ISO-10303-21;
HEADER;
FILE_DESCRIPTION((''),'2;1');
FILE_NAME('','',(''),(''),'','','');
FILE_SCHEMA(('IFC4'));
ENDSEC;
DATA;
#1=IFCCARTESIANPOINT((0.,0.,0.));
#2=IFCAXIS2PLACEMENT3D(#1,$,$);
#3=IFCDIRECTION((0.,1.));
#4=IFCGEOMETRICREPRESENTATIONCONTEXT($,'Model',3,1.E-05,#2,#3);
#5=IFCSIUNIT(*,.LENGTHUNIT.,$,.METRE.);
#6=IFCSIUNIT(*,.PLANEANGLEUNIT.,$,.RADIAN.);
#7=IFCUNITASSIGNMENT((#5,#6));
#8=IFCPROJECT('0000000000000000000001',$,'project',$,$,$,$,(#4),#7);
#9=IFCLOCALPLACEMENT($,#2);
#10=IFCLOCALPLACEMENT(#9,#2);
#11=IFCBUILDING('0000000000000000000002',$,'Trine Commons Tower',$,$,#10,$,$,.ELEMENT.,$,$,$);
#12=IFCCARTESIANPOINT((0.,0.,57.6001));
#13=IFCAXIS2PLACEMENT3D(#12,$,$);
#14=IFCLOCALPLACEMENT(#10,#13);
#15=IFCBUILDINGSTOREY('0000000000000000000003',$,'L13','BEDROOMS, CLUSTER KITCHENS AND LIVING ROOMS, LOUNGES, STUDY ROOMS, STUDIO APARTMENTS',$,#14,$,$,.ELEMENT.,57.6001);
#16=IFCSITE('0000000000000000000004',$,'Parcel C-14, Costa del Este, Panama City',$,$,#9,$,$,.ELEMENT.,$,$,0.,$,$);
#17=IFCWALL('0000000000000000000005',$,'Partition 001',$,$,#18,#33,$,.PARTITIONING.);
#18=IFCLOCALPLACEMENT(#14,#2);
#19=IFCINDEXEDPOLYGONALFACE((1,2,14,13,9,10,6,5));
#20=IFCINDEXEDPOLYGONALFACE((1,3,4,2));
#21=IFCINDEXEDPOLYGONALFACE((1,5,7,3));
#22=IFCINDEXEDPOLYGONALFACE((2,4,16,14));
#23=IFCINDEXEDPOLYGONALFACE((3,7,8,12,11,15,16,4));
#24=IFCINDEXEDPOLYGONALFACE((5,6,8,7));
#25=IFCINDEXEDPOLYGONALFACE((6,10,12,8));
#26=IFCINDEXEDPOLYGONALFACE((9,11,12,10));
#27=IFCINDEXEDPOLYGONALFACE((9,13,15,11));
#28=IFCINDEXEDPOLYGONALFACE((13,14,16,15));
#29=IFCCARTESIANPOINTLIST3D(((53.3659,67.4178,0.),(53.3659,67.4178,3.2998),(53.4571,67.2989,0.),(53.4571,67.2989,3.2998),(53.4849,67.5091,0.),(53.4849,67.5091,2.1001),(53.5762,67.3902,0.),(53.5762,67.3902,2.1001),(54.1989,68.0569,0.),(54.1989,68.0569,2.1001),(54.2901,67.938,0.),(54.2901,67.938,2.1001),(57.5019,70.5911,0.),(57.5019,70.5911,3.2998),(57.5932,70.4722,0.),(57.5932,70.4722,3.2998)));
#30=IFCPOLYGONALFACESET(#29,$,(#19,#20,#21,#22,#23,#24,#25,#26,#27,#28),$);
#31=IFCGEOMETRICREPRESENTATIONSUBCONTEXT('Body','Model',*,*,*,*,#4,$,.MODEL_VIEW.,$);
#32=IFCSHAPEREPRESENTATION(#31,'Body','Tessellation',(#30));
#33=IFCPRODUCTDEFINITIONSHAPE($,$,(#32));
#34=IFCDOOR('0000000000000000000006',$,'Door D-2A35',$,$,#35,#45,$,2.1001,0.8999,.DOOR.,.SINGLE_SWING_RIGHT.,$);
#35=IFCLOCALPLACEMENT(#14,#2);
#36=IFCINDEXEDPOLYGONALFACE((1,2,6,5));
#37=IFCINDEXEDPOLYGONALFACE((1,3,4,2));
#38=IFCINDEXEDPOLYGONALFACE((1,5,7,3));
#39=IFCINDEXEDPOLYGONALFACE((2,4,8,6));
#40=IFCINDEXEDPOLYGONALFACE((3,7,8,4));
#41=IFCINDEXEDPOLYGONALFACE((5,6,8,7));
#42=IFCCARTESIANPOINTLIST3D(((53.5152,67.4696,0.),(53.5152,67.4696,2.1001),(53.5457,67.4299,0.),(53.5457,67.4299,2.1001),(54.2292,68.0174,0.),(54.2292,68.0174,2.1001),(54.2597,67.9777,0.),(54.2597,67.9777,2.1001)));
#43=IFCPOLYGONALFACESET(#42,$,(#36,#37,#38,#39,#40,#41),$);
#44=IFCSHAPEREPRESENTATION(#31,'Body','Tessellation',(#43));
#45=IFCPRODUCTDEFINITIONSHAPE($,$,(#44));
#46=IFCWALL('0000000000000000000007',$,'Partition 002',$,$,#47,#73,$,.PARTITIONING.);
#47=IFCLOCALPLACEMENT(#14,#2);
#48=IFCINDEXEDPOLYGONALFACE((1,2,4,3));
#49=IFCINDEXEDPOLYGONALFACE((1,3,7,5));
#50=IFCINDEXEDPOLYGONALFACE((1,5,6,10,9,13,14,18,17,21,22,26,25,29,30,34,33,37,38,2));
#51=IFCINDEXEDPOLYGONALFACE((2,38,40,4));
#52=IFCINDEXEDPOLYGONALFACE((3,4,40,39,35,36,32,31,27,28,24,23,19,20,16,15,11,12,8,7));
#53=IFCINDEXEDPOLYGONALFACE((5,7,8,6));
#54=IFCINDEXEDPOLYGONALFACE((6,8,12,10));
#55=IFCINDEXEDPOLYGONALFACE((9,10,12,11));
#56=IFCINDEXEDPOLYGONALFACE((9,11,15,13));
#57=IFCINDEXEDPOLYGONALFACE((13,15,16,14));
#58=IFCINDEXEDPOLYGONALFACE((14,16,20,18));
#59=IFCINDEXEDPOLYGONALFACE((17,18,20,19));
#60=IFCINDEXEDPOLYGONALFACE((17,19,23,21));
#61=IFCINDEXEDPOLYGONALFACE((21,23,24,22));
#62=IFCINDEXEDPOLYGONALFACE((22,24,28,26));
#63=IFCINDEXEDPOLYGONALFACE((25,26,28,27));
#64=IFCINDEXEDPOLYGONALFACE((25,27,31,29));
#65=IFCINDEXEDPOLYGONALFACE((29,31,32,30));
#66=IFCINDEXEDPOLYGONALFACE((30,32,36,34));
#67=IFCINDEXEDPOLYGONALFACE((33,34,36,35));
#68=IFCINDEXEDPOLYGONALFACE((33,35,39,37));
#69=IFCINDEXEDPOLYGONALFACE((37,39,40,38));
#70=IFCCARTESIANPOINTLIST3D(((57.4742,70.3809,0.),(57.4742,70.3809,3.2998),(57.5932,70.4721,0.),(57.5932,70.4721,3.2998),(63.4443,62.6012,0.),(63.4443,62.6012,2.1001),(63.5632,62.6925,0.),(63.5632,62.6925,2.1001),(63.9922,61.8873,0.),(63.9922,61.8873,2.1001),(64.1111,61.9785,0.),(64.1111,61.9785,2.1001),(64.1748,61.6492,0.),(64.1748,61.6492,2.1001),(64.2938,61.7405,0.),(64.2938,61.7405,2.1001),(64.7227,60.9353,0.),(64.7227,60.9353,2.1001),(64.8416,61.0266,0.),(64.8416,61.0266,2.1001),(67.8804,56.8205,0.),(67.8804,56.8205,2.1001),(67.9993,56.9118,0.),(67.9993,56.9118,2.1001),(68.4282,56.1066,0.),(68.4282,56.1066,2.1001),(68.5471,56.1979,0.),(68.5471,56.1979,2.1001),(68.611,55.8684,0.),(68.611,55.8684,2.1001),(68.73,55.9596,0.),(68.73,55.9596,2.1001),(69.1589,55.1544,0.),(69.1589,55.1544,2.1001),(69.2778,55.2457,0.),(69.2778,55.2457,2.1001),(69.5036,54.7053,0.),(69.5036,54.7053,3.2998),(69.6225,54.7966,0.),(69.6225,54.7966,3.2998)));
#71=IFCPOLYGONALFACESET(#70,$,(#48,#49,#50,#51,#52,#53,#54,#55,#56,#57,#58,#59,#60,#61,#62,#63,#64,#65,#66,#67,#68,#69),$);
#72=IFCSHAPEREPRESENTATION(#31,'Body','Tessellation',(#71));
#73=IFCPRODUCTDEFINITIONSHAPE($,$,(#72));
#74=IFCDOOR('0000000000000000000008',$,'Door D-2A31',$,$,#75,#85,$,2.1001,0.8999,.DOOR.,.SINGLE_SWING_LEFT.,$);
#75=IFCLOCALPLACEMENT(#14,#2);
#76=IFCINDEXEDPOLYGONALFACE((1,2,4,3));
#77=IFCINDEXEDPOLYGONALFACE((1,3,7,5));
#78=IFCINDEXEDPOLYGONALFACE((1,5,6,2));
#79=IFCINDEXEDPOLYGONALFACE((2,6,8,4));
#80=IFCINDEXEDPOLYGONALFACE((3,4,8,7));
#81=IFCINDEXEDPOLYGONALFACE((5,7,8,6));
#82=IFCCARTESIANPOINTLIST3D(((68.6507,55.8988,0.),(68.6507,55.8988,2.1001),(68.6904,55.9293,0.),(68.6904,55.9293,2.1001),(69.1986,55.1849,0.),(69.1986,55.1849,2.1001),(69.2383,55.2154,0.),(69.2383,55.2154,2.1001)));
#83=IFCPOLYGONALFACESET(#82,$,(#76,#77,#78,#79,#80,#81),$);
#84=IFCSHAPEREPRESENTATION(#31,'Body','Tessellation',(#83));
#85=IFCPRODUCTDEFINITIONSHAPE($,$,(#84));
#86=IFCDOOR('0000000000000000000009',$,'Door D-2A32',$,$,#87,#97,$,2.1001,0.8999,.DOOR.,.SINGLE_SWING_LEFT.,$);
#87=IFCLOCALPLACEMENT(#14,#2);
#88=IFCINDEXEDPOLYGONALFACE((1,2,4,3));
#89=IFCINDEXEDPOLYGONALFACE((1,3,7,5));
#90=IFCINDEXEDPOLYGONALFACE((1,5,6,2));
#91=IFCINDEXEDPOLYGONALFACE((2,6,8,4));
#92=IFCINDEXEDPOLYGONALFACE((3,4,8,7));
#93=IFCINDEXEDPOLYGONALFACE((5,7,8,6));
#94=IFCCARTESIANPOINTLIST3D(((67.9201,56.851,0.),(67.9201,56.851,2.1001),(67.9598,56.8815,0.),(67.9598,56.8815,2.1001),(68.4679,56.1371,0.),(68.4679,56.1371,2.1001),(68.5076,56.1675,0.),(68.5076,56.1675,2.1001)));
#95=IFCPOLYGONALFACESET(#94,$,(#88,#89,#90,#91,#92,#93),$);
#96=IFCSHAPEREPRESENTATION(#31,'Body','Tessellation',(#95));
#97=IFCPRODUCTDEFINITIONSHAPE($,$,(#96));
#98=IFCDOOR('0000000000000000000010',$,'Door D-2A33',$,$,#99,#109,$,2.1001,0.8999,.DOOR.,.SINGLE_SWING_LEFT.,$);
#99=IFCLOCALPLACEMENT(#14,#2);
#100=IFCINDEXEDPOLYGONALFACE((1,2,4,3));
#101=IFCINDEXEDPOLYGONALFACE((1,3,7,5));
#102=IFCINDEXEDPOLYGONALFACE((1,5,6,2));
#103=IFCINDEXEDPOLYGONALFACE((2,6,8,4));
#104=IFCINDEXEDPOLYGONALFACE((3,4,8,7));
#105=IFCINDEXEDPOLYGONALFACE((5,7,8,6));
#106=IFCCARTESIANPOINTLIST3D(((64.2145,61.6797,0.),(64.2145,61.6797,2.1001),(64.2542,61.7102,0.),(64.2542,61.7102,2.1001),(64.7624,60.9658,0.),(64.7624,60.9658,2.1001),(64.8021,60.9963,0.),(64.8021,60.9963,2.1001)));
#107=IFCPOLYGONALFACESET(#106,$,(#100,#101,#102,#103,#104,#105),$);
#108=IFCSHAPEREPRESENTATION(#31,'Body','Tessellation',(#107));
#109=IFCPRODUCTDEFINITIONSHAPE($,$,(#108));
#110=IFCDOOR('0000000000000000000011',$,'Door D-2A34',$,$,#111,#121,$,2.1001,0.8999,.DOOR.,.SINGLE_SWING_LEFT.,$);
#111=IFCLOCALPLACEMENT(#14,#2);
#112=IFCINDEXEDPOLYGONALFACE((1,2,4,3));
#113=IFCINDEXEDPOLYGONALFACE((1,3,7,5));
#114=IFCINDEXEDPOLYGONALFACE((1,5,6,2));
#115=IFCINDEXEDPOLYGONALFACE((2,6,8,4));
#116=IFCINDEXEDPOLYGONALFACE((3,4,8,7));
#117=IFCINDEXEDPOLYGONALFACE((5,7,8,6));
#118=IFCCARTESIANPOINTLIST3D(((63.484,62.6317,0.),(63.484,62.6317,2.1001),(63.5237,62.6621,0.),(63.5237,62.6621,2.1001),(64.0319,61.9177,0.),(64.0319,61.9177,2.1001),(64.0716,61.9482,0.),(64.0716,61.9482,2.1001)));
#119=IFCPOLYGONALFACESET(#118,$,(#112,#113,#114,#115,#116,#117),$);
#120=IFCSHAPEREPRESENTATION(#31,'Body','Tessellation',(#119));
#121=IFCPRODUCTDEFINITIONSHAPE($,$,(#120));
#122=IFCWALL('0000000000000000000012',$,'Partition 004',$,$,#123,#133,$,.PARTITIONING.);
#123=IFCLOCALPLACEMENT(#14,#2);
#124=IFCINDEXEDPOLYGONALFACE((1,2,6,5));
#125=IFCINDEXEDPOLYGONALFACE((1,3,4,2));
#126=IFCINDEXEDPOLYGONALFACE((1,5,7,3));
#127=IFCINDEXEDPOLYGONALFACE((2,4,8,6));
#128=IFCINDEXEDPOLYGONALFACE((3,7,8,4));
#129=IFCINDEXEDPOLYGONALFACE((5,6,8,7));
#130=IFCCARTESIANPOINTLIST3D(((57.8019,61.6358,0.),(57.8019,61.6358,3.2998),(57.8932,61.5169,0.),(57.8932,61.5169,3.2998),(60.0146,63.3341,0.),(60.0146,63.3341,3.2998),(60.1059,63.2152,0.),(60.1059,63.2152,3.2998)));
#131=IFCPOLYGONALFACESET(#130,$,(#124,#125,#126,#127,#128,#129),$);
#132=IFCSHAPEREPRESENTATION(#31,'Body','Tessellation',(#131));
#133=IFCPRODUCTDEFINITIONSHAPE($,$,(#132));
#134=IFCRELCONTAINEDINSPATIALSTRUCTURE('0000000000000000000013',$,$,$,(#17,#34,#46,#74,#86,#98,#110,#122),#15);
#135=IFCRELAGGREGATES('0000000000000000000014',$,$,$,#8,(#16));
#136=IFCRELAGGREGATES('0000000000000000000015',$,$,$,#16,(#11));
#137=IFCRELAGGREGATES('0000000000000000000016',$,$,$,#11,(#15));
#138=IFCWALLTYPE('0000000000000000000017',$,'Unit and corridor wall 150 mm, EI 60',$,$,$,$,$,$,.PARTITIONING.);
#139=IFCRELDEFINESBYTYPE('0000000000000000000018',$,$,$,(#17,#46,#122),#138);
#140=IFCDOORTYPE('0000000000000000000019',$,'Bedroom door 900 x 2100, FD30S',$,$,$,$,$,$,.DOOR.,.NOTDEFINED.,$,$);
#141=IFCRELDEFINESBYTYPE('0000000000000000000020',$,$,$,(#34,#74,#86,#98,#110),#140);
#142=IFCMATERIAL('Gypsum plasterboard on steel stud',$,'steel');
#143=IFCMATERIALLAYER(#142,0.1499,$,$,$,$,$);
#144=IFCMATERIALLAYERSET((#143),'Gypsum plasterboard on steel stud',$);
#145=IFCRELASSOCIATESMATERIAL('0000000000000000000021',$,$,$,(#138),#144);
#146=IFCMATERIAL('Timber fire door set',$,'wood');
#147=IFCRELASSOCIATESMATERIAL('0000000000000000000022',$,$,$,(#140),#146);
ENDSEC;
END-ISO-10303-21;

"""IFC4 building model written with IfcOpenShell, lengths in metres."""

from ifc_helpers import new_model, si_unit, direction, frame, frame_2d, origin, place, context, subcontext, project, spatial, rectangle, extrude, material, layer, layer_set, type_object, element, fill, save


model = new_model("IFC4")

# Units and contexts
model_context = context("Model", 3, precision=1e-05, world=origin(), true_north=direction((0.0, 1.0)))
body_context = subcontext(model_context, "Body", "Model", "MODEL_VIEW")
ifc_project = project(units=[si_unit("LENGTHUNIT", "METRE"), si_unit("PLANEANGLEUNIT", "RADIAN")], contexts=[model_context])

# Site, building, storey
site_placement = place(None, origin())
site = spatial("IfcSite", under=ifc_project, at=site_placement, Name="Parcel C-14, Costa del Este, Panama City", CompositionType="ELEMENT", RefElevation=0.0)
building_placement = place(site_placement, origin())
building = spatial("IfcBuilding", under=site, at=building_placement, Name="Trine Commons Tower", CompositionType="ELEMENT")
storey_placement = place(building_placement, frame((0.0, 0.0, 57.6001)))
storey = spatial("IfcBuildingStorey", under=building, at=storey_placement, Name="L13", Description="BEDROOMS, CLUSTER KITCHENS AND LIVING ROOMS, LOUNGES, STUDY ROOMS, STUDIO APARTMENTS", CompositionType="ELEMENT", Elevation=57.6001)

# Wall, opening, door
ifc_material_1 = material(Name="Gypsum plasterboard on steel stud", Category="steel")
ifc_layer_1 = layer(ifc_material_1, 0.1499)
ifc_layer_set_1 = layer_set([ifc_layer_1], Name="Gypsum plasterboard on steel stud")
wall_type_1 = type_object("IfcWallType", Name="Unit and corridor wall 150 mm, EI 60", PredefinedType="PARTITIONING", material=ifc_layer_set_1)
wall_1_placement = place(storey_placement, frame((53.4116, 67.3584, 0.0), z_axis=(0.0, 0.0, 1.0), x_axis=(0.793382, 0.608724, 0.0)))
wall_1 = element("IfcWall", 1, at=wall_1_placement, inside=storey, type_object=wall_type_1, Name="Partition 001", PredefinedType="PARTITIONING", context=body_context, shape_type="SweptSolid", body=[
    extrude(rectangle(XDim=5.2131, YDim=0.1499, at=frame_2d((2.6064, 0.0))), origin(), (0.0, 0.0, 1.0), 3.2998),
])
opening_1_placement = place(wall_1_placement, frame((0.1499, 0.0, 0.0)))
opening_1 = element("IfcOpeningElement", 2, at=opening_1_placement, cuts=wall_1, PredefinedType="OPENING", context=body_context, shape_type="SweptSolid", body=[
    extrude(rectangle(XDim=0.8999, YDim=2.1001, at=frame_2d((0.45, 1.05))), frame((0.0, 0.085, 0.0), z_axis=(0.0, -1.0, 0.0), x_axis=(1.0, 0.0, 0.0)), (0.0, 0.0, 1.0), 0.1699),
])
ifc_material_2 = material(Name="Timber fire door set", Category="wood")
door_type_1 = type_object("IfcDoorType", Name="Bedroom door 900 x 2100, FD30S", OperationType="NOTDEFINED", PredefinedType="DOOR", material=ifc_material_2)
door_1_placement = place(opening_1_placement, frame((0.8999, 0.0, 0.0), z_axis=(0.0, 0.0, 1.0), x_axis=(-1.0, 0.0, 0.0)))
door_1 = element("IfcDoor", 3, at=door_1_placement, inside=storey, type_object=door_type_1, Name="Door D-2A35", OperationType="SINGLE_SWING_RIGHT", OverallHeight=2.1001, OverallWidth=0.8999, PredefinedType="DOOR", context=body_context, shape_type="SweptSolid", body=[
    extrude(rectangle(XDim=0.8999, YDim=2.1001, at=frame_2d((0.45, 1.05))), frame((0.0, 0.0249, 0.0), z_axis=(0.0, -1.0, 0.0), x_axis=(1.0, 0.0, 0.0)), (0.0, 0.0, 1.0), 0.05),
])
fill(opening_1, door_1)

# Wall, openings, doors
wall_2_placement = place(storey_placement, frame((57.5337, 70.4265, 0.0), z_axis=(0.0, 0.0, 1.0), x_axis=(0.608794, -0.793328, 0.0)))
wall_2 = element("IfcWall", 4, at=wall_2_placement, inside=storey, type_object=wall_type_1, Name="Partition 002", PredefinedType="PARTITIONING", context=body_context, shape_type="SweptSolid", body=[
    extrude(rectangle(XDim=19.7593, YDim=0.1499, at=frame_2d((9.8796, 0.0))), origin(), (0.0, 0.0, 1.0), 3.2998),
])
opening_2_placement = place(wall_2_placement, frame((18.2932, 0.0, 0.0)))
opening_2 = element("IfcOpeningElement", 5, at=opening_2_placement, cuts=wall_2, PredefinedType="OPENING", context=body_context, shape_type="SweptSolid", body=[
    extrude(rectangle(XDim=0.8999, YDim=2.1001, at=frame_2d((0.45, 1.05))), frame((0.0, 0.085, 0.0), z_axis=(0.0, -1.0, 0.0), x_axis=(1.0, 0.0, 0.0)), (0.0, 0.0, 1.0), 0.1699),
])
opening_3_placement = place(wall_2_placement, frame((17.093, 0.0, 0.0)))
opening_3 = element("IfcOpeningElement", 6, at=opening_3_placement, cuts=wall_2, PredefinedType="OPENING", context=body_context, shape_type="SweptSolid", body=[
    extrude(rectangle(XDim=0.8999, YDim=2.1001, at=frame_2d((0.45, 1.05))), frame((0.0, 0.085, 0.0), z_axis=(0.0, -1.0, 0.0), x_axis=(1.0, 0.0, 0.0)), (0.0, 0.0, 1.0), 0.1699),
])
opening_4_placement = place(wall_2_placement, frame((11.0063, 0.0, 0.0)))
opening_4 = element("IfcOpeningElement", 7, at=opening_4_placement, cuts=wall_2, PredefinedType="OPENING", context=body_context, shape_type="SweptSolid", body=[
    extrude(rectangle(XDim=0.8999, YDim=2.1001, at=frame_2d((0.45, 1.05))), frame((0.0, 0.085, 0.0), z_axis=(0.0, -1.0, 0.0), x_axis=(1.0, 0.0, 0.0)), (0.0, 0.0, 1.0), 0.1699),
])
opening_5_placement = place(wall_2_placement, frame((9.8064, 0.0, 0.0)))
opening_5 = element("IfcOpeningElement", 8, at=opening_5_placement, cuts=wall_2, PredefinedType="OPENING", context=body_context, shape_type="SweptSolid", body=[
    extrude(rectangle(XDim=0.8999, YDim=2.1001, at=frame_2d((0.45, 1.05))), frame((0.0, 0.085, 0.0), z_axis=(0.0, -1.0, 0.0), x_axis=(1.0, 0.0, 0.0)), (0.0, 0.0, 1.0), 0.1699),
])
door_2_placement = place(opening_2_placement, frame((0.8999, 0.0, 0.0), z_axis=(0.0, 0.0, 1.0), x_axis=(-1.0, 0.0, 0.0)))
door_2 = element("IfcDoor", 9, at=door_2_placement, inside=storey, type_object=door_type_1, Name="Door D-2A31", OperationType="SINGLE_SWING_LEFT", OverallHeight=2.1001, OverallWidth=0.8999, PredefinedType="DOOR", context=body_context, shape_type="SweptSolid", body=[
    extrude(rectangle(XDim=0.8999, YDim=2.1001, at=frame_2d((0.45, 1.05))), frame((0.0, 0.0249, 0.0), z_axis=(0.0, -1.0, 0.0), x_axis=(1.0, 0.0, 0.0)), (0.0, 0.0, 1.0), 0.05),
])
fill(opening_2, door_2)
door_3_placement = place(opening_3_placement, frame((0.8999, 0.0, 0.0), z_axis=(0.0, 0.0, 1.0), x_axis=(-1.0, 0.0, 0.0)))
door_3 = element("IfcDoor", 10, at=door_3_placement, inside=storey, type_object=door_type_1, Name="Door D-2A32", OperationType="SINGLE_SWING_LEFT", OverallHeight=2.1001, OverallWidth=0.8999, PredefinedType="DOOR", context=body_context, shape_type="SweptSolid", body=[
    extrude(rectangle(XDim=0.8999, YDim=2.1001, at=frame_2d((0.45, 1.05))), frame((0.0, 0.0249, 0.0), z_axis=(0.0, -1.0, 0.0), x_axis=(1.0, 0.0, 0.0)), (0.0, 0.0, 1.0), 0.05),
])
fill(opening_3, door_3)
door_4_placement = place(opening_4_placement, frame((0.8999, 0.0, 0.0), z_axis=(0.0, 0.0, 1.0), x_axis=(-1.0, 0.0, 0.0)))
door_4 = element("IfcDoor", 11, at=door_4_placement, inside=storey, type_object=door_type_1, Name="Door D-2A33", OperationType="SINGLE_SWING_LEFT", OverallHeight=2.1001, OverallWidth=0.8999, PredefinedType="DOOR", context=body_context, shape_type="SweptSolid", body=[
    extrude(rectangle(XDim=0.8999, YDim=2.1001, at=frame_2d((0.45, 1.05))), frame((0.0, 0.0249, 0.0), z_axis=(0.0, -1.0, 0.0), x_axis=(1.0, 0.0, 0.0)), (0.0, 0.0, 1.0), 0.05),
])
fill(opening_4, door_4)
door_5_placement = place(opening_5_placement, frame((0.8999, 0.0, 0.0), z_axis=(0.0, 0.0, 1.0), x_axis=(-1.0, 0.0, 0.0)))
door_5 = element("IfcDoor", 12, at=door_5_placement, inside=storey, type_object=door_type_1, Name="Door D-2A34", OperationType="SINGLE_SWING_LEFT", OverallHeight=2.1001, OverallWidth=0.8999, PredefinedType="DOOR", context=body_context, shape_type="SweptSolid", body=[
    extrude(rectangle(XDim=0.8999, YDim=2.1001, at=frame_2d((0.45, 1.05))), frame((0.0, 0.0249, 0.0), z_axis=(0.0, -1.0, 0.0), x_axis=(1.0, 0.0, 0.0)), (0.0, 0.0, 1.0), 0.05),
])
fill(opening_5, door_5)

# Wall
wall_3_placement = place(storey_placement, frame((57.8477, 61.5764, 0.0), z_axis=(0.0, 0.0, 1.0), x_axis=(0.793281, 0.608856, 0.0)))
element("IfcWall", 13, at=wall_3_placement, inside=storey, type_object=wall_type_1, Name="Partition 004", PredefinedType="PARTITIONING", context=body_context, shape_type="SweptSolid", body=[
    extrude(rectangle(XDim=2.7893, YDim=0.1499, at=frame_2d((1.3945, 0.0))), origin(), (0.0, 0.0, 1.0), 3.2998),
])

save(model, "model.ifc")
